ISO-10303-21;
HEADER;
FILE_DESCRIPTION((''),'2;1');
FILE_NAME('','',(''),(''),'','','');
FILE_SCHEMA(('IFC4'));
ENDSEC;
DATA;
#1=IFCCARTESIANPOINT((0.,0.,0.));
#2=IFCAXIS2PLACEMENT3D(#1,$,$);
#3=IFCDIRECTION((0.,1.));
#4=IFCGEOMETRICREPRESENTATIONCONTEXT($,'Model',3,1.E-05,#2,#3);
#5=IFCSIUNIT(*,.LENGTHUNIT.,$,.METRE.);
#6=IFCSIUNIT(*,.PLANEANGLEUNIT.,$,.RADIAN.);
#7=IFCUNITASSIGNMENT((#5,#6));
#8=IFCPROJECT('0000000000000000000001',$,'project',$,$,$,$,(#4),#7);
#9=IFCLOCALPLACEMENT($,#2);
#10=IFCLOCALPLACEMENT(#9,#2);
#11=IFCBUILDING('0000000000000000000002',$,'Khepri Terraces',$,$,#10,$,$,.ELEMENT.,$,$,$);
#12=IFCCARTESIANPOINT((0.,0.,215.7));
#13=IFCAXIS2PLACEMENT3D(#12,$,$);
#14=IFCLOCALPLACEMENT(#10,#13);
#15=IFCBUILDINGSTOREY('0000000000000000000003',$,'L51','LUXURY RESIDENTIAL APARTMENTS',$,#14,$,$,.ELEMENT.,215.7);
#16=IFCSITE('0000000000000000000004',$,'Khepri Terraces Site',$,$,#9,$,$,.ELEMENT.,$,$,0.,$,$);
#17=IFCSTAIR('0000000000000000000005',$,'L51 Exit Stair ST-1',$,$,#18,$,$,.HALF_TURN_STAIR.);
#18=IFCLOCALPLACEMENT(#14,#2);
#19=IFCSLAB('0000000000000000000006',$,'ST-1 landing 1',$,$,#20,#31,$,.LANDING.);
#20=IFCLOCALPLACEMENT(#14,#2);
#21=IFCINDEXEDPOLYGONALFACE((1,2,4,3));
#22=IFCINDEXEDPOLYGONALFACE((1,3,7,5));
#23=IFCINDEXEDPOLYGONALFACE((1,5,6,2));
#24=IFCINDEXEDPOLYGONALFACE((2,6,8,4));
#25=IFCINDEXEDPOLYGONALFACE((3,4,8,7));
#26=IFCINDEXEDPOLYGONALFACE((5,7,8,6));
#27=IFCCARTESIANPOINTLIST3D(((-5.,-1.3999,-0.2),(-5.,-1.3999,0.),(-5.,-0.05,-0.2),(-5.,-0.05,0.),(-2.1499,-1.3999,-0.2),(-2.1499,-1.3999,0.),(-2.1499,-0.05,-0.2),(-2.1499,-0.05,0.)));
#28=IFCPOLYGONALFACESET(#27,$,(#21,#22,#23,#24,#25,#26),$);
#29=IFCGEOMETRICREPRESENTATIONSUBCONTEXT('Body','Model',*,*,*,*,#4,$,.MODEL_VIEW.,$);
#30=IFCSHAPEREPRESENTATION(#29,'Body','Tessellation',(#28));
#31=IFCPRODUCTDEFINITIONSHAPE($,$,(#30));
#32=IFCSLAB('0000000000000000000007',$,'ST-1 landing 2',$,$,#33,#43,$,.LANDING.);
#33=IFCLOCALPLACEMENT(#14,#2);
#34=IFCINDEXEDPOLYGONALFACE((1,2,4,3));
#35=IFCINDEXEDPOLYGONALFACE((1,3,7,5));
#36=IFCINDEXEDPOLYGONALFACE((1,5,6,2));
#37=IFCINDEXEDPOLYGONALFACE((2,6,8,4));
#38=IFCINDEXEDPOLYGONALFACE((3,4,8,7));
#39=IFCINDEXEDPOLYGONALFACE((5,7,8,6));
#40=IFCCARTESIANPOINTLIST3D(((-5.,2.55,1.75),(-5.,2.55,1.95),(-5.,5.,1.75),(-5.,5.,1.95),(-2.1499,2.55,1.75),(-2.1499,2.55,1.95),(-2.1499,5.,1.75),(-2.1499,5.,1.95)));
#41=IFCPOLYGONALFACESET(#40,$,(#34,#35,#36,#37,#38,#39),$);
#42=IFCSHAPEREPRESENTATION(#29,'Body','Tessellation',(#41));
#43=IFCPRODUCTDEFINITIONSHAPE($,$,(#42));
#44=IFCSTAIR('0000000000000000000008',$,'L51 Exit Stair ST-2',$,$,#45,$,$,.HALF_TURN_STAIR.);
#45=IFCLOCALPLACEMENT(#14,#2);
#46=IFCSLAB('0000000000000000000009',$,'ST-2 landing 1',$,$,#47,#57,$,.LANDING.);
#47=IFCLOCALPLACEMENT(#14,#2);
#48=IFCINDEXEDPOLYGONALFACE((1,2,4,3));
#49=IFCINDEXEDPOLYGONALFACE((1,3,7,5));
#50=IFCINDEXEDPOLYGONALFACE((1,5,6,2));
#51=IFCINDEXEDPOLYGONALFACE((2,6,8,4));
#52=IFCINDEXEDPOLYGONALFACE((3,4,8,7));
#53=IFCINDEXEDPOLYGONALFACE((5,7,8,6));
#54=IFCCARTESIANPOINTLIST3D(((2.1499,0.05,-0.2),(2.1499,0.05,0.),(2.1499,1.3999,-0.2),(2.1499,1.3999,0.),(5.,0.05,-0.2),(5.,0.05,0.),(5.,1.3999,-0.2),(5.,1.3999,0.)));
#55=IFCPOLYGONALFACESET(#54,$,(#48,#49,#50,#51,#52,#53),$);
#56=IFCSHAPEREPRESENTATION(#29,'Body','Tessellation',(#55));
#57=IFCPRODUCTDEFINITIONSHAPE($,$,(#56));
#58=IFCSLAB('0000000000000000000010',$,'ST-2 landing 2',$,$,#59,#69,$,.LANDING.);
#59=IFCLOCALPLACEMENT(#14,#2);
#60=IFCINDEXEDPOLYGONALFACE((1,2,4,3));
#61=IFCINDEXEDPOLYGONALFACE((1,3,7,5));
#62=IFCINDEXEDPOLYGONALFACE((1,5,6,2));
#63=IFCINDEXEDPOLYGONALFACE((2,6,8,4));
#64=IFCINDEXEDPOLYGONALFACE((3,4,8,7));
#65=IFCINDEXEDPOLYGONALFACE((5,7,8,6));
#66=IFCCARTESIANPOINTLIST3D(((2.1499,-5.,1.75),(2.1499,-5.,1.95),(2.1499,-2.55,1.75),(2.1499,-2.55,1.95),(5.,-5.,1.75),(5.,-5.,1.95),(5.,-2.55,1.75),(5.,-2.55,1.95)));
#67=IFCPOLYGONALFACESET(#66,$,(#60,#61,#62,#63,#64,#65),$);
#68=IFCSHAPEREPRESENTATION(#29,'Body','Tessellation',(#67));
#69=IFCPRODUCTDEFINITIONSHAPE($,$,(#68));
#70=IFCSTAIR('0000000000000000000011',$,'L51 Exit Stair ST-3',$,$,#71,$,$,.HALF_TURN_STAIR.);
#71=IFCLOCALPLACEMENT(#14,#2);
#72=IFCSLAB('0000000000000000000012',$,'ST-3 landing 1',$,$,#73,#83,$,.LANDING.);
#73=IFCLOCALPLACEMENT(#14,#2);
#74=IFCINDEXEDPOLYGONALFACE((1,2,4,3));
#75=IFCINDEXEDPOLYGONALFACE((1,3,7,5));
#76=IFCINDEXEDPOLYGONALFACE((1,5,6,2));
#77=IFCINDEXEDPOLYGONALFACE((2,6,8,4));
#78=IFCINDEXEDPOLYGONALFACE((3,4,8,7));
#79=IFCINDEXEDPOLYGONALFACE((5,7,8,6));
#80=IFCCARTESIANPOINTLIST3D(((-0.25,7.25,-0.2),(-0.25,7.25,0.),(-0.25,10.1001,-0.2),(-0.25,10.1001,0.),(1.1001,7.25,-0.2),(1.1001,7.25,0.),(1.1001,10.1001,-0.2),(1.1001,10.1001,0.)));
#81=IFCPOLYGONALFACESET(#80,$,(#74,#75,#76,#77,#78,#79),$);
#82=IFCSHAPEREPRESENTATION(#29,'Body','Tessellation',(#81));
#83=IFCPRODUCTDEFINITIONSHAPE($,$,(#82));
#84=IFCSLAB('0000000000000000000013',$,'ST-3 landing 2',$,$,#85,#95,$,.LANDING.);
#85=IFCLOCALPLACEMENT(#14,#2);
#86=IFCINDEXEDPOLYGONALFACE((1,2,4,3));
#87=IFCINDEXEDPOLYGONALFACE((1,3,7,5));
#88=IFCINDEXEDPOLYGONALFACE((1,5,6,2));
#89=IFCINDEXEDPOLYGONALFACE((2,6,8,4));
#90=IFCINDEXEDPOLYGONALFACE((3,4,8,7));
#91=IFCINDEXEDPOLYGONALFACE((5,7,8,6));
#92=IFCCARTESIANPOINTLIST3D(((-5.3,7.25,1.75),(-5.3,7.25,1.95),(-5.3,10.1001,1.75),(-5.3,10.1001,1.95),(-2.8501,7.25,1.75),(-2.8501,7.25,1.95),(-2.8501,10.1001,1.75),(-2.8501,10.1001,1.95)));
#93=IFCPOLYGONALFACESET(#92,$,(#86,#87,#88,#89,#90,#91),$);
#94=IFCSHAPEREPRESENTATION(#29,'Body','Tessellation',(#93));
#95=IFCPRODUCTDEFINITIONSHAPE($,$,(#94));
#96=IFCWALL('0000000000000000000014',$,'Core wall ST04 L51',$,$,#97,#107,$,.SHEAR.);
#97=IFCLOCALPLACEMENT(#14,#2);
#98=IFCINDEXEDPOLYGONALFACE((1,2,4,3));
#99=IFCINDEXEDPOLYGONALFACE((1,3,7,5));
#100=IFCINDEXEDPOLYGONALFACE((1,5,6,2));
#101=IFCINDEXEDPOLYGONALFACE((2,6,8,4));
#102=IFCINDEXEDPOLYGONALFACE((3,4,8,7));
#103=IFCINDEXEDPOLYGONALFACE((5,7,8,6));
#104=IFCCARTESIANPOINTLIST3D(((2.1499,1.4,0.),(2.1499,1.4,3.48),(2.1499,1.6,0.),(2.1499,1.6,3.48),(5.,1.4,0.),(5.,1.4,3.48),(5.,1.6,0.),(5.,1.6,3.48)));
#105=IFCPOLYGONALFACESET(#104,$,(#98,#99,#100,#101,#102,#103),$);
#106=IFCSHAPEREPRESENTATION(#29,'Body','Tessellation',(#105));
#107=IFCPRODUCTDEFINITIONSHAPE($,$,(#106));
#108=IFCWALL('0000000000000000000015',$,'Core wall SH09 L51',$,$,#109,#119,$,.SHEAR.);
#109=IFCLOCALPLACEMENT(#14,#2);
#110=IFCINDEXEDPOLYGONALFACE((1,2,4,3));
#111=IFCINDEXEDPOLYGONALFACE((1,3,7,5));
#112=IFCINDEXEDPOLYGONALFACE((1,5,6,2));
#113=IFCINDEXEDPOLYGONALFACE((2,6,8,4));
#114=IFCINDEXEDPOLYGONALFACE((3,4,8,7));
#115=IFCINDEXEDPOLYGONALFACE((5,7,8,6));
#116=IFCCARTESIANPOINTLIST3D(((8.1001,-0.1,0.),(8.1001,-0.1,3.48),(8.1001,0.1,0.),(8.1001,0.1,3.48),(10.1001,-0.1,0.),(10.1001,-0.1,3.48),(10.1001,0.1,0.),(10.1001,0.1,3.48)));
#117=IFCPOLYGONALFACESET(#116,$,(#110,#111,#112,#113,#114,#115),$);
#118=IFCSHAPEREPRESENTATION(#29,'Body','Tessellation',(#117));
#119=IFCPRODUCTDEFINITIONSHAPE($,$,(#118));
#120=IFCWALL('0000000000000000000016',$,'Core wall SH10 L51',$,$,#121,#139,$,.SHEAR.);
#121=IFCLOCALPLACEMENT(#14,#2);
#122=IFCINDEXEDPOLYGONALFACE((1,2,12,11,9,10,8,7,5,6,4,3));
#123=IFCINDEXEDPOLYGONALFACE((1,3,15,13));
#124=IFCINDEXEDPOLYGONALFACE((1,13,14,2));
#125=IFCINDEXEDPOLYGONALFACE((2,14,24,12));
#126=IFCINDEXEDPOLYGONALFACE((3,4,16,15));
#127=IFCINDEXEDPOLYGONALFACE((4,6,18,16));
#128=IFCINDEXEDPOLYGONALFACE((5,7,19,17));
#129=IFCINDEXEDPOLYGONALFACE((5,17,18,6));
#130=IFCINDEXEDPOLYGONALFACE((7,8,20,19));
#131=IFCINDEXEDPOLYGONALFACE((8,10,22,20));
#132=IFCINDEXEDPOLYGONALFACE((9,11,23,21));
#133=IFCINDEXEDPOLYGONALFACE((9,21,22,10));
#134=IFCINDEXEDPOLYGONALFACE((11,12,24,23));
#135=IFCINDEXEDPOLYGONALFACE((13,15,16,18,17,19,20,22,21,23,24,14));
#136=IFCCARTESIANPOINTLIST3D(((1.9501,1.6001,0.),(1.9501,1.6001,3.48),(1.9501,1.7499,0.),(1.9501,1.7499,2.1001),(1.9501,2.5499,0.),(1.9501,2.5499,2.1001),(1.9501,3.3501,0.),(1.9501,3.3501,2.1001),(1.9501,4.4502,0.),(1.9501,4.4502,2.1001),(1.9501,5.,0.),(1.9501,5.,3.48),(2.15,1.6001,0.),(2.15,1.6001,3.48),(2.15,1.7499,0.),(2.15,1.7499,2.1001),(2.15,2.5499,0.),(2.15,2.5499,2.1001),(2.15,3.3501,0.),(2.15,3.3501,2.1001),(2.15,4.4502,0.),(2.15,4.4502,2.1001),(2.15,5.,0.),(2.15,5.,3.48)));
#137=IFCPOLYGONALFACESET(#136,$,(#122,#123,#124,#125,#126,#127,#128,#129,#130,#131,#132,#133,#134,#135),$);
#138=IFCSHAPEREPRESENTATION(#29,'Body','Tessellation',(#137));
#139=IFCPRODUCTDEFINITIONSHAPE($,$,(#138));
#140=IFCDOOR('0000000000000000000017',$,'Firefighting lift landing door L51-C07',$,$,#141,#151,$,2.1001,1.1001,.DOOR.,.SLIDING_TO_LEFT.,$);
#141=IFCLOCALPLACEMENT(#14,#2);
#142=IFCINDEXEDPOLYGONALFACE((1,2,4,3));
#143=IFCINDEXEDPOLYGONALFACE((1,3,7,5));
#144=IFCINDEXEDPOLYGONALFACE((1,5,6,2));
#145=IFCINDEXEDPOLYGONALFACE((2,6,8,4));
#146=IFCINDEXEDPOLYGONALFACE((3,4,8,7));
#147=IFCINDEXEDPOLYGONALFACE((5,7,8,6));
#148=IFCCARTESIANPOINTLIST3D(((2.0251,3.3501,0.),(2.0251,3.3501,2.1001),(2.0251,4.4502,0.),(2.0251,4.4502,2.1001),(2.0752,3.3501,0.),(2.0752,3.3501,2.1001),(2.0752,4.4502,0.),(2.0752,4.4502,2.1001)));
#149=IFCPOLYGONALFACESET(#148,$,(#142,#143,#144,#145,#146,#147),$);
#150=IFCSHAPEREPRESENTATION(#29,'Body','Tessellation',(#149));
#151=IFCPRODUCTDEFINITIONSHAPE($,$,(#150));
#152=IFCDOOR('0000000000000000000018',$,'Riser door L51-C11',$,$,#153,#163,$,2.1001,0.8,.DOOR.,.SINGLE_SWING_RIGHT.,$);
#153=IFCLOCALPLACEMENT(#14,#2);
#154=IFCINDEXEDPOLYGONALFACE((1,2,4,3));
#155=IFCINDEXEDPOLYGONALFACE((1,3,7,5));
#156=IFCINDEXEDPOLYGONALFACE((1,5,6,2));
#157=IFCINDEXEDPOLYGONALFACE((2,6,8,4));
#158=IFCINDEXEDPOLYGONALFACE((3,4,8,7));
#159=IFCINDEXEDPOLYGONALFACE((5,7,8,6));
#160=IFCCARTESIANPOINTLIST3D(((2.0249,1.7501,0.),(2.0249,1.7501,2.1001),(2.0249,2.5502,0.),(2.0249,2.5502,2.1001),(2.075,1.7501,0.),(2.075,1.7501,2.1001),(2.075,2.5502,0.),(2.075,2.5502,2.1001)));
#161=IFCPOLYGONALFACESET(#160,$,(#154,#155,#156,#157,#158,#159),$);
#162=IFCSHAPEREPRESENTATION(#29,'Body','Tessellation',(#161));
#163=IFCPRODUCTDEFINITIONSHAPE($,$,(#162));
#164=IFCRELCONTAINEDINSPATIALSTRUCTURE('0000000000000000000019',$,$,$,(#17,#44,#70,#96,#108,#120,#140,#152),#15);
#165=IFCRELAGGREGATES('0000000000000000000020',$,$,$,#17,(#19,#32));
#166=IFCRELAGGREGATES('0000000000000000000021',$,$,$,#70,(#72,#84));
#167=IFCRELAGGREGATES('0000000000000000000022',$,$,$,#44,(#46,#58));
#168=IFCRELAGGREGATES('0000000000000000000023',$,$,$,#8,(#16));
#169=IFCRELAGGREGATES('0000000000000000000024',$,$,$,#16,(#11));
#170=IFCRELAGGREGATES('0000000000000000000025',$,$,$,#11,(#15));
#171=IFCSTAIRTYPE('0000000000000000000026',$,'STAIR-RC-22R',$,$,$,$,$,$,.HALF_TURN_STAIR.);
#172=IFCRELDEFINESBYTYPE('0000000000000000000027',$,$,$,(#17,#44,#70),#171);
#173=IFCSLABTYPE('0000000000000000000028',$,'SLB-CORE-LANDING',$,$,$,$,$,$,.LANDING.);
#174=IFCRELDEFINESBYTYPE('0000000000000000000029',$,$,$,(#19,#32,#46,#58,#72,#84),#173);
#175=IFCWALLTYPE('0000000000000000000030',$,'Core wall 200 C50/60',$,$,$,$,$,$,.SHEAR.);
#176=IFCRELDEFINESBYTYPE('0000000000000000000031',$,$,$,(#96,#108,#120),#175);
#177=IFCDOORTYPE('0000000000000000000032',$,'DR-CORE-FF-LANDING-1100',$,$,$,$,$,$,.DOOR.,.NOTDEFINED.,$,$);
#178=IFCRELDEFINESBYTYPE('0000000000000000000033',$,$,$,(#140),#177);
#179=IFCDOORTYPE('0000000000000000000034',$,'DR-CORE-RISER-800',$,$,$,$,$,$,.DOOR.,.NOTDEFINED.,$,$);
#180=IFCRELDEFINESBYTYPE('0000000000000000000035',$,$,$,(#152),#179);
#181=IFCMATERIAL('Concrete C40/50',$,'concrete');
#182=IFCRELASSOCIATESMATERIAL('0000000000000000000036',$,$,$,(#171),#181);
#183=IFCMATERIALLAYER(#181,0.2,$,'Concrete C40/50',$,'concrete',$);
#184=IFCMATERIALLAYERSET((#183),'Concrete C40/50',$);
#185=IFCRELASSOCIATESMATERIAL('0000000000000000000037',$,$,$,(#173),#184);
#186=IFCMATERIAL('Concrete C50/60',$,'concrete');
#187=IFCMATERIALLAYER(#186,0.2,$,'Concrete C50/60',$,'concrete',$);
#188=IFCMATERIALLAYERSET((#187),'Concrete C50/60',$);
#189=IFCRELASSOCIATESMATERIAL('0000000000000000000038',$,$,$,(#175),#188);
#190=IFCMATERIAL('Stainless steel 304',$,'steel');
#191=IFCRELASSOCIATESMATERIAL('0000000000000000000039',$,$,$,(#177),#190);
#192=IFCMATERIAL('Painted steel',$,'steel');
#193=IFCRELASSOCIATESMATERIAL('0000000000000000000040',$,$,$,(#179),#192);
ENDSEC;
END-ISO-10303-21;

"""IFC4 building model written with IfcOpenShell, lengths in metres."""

from ifc_helpers import new_model, si_unit, direction, frame, frame_2d, origin, place, context, subcontext, project, spatial, polyline, rectangle, outline, extrude, material, layer, layer_set, type_object, element, fill, aggregate, save


model = new_model("IFC4")

# Units and contexts
model_context = context("Model", 3, precision=1e-05, world=origin(), true_north=direction((0.0, 1.0)))
body_context = subcontext(model_context, "Body", "Model", "MODEL_VIEW")
ifc_project = project(units=[si_unit("LENGTHUNIT", "METRE"), si_unit("PLANEANGLEUNIT", "RADIAN")], contexts=[model_context])

# Site, building, storey
site_placement = place(None, origin())
site = spatial("IfcSite", under=ifc_project, at=site_placement, Name="Khepri Terraces Site", CompositionType="ELEMENT", RefElevation=0.0)
building_placement = place(site_placement, origin())
building = spatial("IfcBuilding", under=site, at=building_placement, Name="Khepri Terraces", CompositionType="ELEMENT")
storey_placement = place(building_placement, frame((0.0, 0.0, 215.7)))
storey = spatial("IfcBuildingStorey", under=building, at=storey_placement, Name="L51", Description="LUXURY RESIDENTIAL APARTMENTS", CompositionType="ELEMENT", Elevation=215.7)

# Stairs, slabs
ifc_material_1 = material(Name="Concrete C40/50", Category="concrete")
stair_type = type_object("IfcStairType", Name="STAIR-RC-22R", PredefinedType="HALF_TURN_STAIR", material=ifc_material_1)
stair_1_placement = place(storey_placement, origin())
stair_1 = element("IfcStair", 1, at=stair_1_placement, inside=storey, type_object=stair_type, Name="L51 Exit Stair ST-1", PredefinedType="HALF_TURN_STAIR")
ifc_layer_1 = layer(ifc_material_1, 0.2, Name="Concrete C40/50", Category="concrete")
ifc_layer_set_1 = layer_set([ifc_layer_1], Name="Concrete C40/50")
slab_type = type_object("IfcSlabType", Name="SLB-CORE-LANDING", PredefinedType="LANDING", material=ifc_layer_set_1)
slab_1_placement = place(storey_placement, frame((0.0, 0.0, -0.2)))
slab_1 = element("IfcSlab", 2, at=slab_1_placement, type_object=slab_type, Name="ST-1 landing 1", PredefinedType="LANDING", context=body_context, shape_type="SweptSolid", body=[
    extrude(outline(polyline([(-2.1499, -1.3999), (-2.1499, -0.05), (-5.0, -0.05), (-5.0, -1.3999), (-2.1499, -1.3999)])), origin(), (0.0, 0.0, 1.0), 0.2),
])
slab_2_placement = place(storey_placement, frame((0.0, 0.0, 1.75)))
slab_2 = element("IfcSlab", 3, at=slab_2_placement, type_object=slab_type, Name="ST-1 landing 2", PredefinedType="LANDING", context=body_context, shape_type="SweptSolid", body=[
    extrude(outline(polyline([(-2.1499, 2.55), (-2.1499, 5.0), (-5.0, 5.0), (-5.0, 2.55), (-2.1499, 2.55)])), origin(), (0.0, 0.0, 1.0), 0.2),
])
aggregate(stair_1, [slab_1, slab_2])
stair_2_placement = place(storey_placement, origin())
stair_2 = element("IfcStair", 4, at=stair_2_placement, inside=storey, type_object=stair_type, Name="L51 Exit Stair ST-2", PredefinedType="HALF_TURN_STAIR")
slab_3_placement = place(storey_placement, frame((0.0, 0.0, -0.2)))
slab_3 = element("IfcSlab", 5, at=slab_3_placement, type_object=slab_type, Name="ST-2 landing 1", PredefinedType="LANDING", context=body_context, shape_type="SweptSolid", body=[
    extrude(outline(polyline([(2.1499, 1.3999), (2.1499, 0.05), (5.0, 0.05), (5.0, 1.3999), (2.1499, 1.3999)])), origin(), (0.0, 0.0, 1.0), 0.2),
])
slab_4_placement = place(storey_placement, frame((0.0, 0.0, 1.75)))
slab_4 = element("IfcSlab", 6, at=slab_4_placement, type_object=slab_type, Name="ST-2 landing 2", PredefinedType="LANDING", context=body_context, shape_type="SweptSolid", body=[
    extrude(outline(polyline([(2.1499, -2.55), (2.1499, -5.0), (5.0, -5.0), (5.0, -2.55), (2.1499, -2.55)])), origin(), (0.0, 0.0, 1.0), 0.2),
])
stair_3_placement = place(storey_placement, origin())
stair_3 = element("IfcStair", 7, at=stair_3_placement, inside=storey, type_object=stair_type, Name="L51 Exit Stair ST-3", PredefinedType="HALF_TURN_STAIR")
slab_5_placement = place(storey_placement, frame((0.0, 0.0, -0.2)))
slab_5 = element("IfcSlab", 8, at=slab_5_placement, type_object=slab_type, Name="ST-3 landing 1", PredefinedType="LANDING", context=body_context, shape_type="SweptSolid", body=[
    extrude(outline(polyline([(1.1001, 10.1001), (-0.25, 10.1001), (-0.25, 7.25), (1.1001, 7.25), (1.1001, 10.1001)])), origin(), (0.0, 0.0, 1.0), 0.2),
])
slab_6_placement = place(storey_placement, frame((0.0, 0.0, 1.75)))
slab_6 = element("IfcSlab", 9, at=slab_6_placement, type_object=slab_type, Name="ST-3 landing 2", PredefinedType="LANDING", context=body_context, shape_type="SweptSolid", body=[
    extrude(outline(polyline([(-2.8501, 10.1001), (-5.3, 10.1001), (-5.3, 7.25), (-2.8501, 7.25), (-2.8501, 10.1001)])), origin(), (0.0, 0.0, 1.0), 0.2),
])
aggregate(stair_3, [slab_5, slab_6])

# Walls
ifc_material_2 = material(Name="Concrete C50/60", Category="concrete")
ifc_layer_2 = layer(ifc_material_2, 0.2, Name="Concrete C50/60", Category="concrete")
ifc_layer_set_2 = layer_set([ifc_layer_2], Name="Concrete C50/60")
wall_type = type_object("IfcWallType", Name="Core wall 200 C50/60", PredefinedType="SHEAR", material=ifc_layer_set_2)
wall_1_placement = place(storey_placement, frame((2.1499, 1.5, 0.0), z_axis=(0.0, 0.0, 1.0), x_axis=(1.0, 0.0, 0.0)))
element("IfcWall", 10, at=wall_1_placement, inside=storey, type_object=wall_type, Name="Core wall ST04 L51", PredefinedType="SHEAR", context=body_context, shape_type="SweptSolid", body=[
    extrude(rectangle(XDim=2.8501, YDim=0.2, at=frame_2d((1.425, 0.0))), origin(), (0.0, 0.0, 1.0), 3.48),
])
wall_2_placement = place(storey_placement, frame((8.1001, 0.0, 0.0), z_axis=(0.0, 0.0, 1.0), x_axis=(1.0, 0.0, 0.0)))
element("IfcWall", 11, at=wall_2_placement, inside=storey, type_object=wall_type, Name="Core wall SH09 L51", PredefinedType="SHEAR", context=body_context, shape_type="SweptSolid", body=[
    extrude(rectangle(XDim=2.0, YDim=0.2, at=frame_2d((1.0, 0.0))), origin(), (0.0, 0.0, 1.0), 3.48),
])

# Wall, openings, doors
wall_3_placement = place(storey_placement, frame((2.05, 1.6001, 0.0), z_axis=(0.0, 0.0, 1.0), x_axis=(0.0, 1.0, 0.0)))
wall_3 = element("IfcWall", 12, at=wall_3_placement, inside=storey, type_object=wall_type, Name="Core wall SH10 L51", PredefinedType="SHEAR", context=body_context, shape_type="SweptSolid", body=[
    extrude(rectangle(XDim=3.3999, YDim=0.2, at=frame_2d((1.7, 0.0))), origin(), (0.0, 0.0, 1.0), 3.48),
])
opening_1_placement = place(wall_3_placement, frame((1.75, 0.0, 0.0)))
opening_1 = element("IfcOpeningElement", 13, at=opening_1_placement, cuts=wall_3, PredefinedType="OPENING", context=body_context, shape_type="SweptSolid", body=[
    extrude(rectangle(XDim=1.1001, YDim=2.1001, at=frame_2d((0.55, 1.05))), frame((0.0, 0.1099, 0.0), z_axis=(0.0, -1.0, 0.0), x_axis=(1.0, 0.0, 0.0)), (0.0, 0.0, 1.0), 0.22),
])
opening_2_placement = place(wall_3_placement, frame((0.1499, 0.0, 0.0)))
opening_2 = element("IfcOpeningElement", 14, at=opening_2_placement, cuts=wall_3, PredefinedType="OPENING", context=body_context, shape_type="SweptSolid", body=[
    extrude(rectangle(XDim=0.8, YDim=2.1001, at=frame_2d((0.3999, 1.05))), frame((0.0, 0.1099, 0.0), z_axis=(0.0, -1.0, 0.0), x_axis=(1.0, 0.0, 0.0)), (0.0, 0.0, 1.0), 0.22),
])
ifc_material_3 = material(Name="Stainless steel 304", Category="steel")
door_type_1 = type_object("IfcDoorType", Name="DR-CORE-FF-LANDING-1100", OperationType="NOTDEFINED", PredefinedType="DOOR", material=ifc_material_3)
door_1_placement = place(opening_1_placement, origin())
door_1 = element("IfcDoor", 15, at=door_1_placement, inside=storey, type_object=door_type_1, Name="Firefighting lift landing door L51-C07", OperationType="SLIDING_TO_LEFT", OverallHeight=2.1001, OverallWidth=1.1001, PredefinedType="DOOR", context=body_context, shape_type="SweptSolid", body=[
    extrude(rectangle(XDim=1.1001, YDim=2.1001, at=frame_2d((0.55, 1.05))), frame((0.0, 0.0249, 0.0), z_axis=(0.0, -1.0, 0.0), x_axis=(1.0, 0.0, 0.0)), (0.0, 0.0, 1.0), 0.05),
])
fill(opening_1, door_1)
ifc_material_4 = material(Name="Painted steel", Category="steel")
door_type_2 = type_object("IfcDoorType", Name="DR-CORE-RISER-800", OperationType="NOTDEFINED", PredefinedType="DOOR", material=ifc_material_4)
door_2_placement = place(opening_2_placement, frame((0.8, 0.0, 0.0), z_axis=(0.0, 0.0, 1.0), x_axis=(-1.0, 0.0, 0.0)))
door_2 = element("IfcDoor", 16, at=door_2_placement, inside=storey, type_object=door_type_2, Name="Riser door L51-C11", OperationType="SINGLE_SWING_RIGHT", OverallHeight=2.1001, OverallWidth=0.8, PredefinedType="DOOR", context=body_context, shape_type="SweptSolid", body=[
    extrude(rectangle(XDim=0.8, YDim=2.1001, at=frame_2d((0.3999, 1.05))), frame((0.0, 0.0249, 0.0), z_axis=(0.0, -1.0, 0.0), x_axis=(1.0, 0.0, 0.0)), (0.0, 0.0, 1.0), 0.05),
])
fill(opening_2, door_2)

aggregate(stair_2, [slab_3, slab_4])

save(model, "model.ifc")
